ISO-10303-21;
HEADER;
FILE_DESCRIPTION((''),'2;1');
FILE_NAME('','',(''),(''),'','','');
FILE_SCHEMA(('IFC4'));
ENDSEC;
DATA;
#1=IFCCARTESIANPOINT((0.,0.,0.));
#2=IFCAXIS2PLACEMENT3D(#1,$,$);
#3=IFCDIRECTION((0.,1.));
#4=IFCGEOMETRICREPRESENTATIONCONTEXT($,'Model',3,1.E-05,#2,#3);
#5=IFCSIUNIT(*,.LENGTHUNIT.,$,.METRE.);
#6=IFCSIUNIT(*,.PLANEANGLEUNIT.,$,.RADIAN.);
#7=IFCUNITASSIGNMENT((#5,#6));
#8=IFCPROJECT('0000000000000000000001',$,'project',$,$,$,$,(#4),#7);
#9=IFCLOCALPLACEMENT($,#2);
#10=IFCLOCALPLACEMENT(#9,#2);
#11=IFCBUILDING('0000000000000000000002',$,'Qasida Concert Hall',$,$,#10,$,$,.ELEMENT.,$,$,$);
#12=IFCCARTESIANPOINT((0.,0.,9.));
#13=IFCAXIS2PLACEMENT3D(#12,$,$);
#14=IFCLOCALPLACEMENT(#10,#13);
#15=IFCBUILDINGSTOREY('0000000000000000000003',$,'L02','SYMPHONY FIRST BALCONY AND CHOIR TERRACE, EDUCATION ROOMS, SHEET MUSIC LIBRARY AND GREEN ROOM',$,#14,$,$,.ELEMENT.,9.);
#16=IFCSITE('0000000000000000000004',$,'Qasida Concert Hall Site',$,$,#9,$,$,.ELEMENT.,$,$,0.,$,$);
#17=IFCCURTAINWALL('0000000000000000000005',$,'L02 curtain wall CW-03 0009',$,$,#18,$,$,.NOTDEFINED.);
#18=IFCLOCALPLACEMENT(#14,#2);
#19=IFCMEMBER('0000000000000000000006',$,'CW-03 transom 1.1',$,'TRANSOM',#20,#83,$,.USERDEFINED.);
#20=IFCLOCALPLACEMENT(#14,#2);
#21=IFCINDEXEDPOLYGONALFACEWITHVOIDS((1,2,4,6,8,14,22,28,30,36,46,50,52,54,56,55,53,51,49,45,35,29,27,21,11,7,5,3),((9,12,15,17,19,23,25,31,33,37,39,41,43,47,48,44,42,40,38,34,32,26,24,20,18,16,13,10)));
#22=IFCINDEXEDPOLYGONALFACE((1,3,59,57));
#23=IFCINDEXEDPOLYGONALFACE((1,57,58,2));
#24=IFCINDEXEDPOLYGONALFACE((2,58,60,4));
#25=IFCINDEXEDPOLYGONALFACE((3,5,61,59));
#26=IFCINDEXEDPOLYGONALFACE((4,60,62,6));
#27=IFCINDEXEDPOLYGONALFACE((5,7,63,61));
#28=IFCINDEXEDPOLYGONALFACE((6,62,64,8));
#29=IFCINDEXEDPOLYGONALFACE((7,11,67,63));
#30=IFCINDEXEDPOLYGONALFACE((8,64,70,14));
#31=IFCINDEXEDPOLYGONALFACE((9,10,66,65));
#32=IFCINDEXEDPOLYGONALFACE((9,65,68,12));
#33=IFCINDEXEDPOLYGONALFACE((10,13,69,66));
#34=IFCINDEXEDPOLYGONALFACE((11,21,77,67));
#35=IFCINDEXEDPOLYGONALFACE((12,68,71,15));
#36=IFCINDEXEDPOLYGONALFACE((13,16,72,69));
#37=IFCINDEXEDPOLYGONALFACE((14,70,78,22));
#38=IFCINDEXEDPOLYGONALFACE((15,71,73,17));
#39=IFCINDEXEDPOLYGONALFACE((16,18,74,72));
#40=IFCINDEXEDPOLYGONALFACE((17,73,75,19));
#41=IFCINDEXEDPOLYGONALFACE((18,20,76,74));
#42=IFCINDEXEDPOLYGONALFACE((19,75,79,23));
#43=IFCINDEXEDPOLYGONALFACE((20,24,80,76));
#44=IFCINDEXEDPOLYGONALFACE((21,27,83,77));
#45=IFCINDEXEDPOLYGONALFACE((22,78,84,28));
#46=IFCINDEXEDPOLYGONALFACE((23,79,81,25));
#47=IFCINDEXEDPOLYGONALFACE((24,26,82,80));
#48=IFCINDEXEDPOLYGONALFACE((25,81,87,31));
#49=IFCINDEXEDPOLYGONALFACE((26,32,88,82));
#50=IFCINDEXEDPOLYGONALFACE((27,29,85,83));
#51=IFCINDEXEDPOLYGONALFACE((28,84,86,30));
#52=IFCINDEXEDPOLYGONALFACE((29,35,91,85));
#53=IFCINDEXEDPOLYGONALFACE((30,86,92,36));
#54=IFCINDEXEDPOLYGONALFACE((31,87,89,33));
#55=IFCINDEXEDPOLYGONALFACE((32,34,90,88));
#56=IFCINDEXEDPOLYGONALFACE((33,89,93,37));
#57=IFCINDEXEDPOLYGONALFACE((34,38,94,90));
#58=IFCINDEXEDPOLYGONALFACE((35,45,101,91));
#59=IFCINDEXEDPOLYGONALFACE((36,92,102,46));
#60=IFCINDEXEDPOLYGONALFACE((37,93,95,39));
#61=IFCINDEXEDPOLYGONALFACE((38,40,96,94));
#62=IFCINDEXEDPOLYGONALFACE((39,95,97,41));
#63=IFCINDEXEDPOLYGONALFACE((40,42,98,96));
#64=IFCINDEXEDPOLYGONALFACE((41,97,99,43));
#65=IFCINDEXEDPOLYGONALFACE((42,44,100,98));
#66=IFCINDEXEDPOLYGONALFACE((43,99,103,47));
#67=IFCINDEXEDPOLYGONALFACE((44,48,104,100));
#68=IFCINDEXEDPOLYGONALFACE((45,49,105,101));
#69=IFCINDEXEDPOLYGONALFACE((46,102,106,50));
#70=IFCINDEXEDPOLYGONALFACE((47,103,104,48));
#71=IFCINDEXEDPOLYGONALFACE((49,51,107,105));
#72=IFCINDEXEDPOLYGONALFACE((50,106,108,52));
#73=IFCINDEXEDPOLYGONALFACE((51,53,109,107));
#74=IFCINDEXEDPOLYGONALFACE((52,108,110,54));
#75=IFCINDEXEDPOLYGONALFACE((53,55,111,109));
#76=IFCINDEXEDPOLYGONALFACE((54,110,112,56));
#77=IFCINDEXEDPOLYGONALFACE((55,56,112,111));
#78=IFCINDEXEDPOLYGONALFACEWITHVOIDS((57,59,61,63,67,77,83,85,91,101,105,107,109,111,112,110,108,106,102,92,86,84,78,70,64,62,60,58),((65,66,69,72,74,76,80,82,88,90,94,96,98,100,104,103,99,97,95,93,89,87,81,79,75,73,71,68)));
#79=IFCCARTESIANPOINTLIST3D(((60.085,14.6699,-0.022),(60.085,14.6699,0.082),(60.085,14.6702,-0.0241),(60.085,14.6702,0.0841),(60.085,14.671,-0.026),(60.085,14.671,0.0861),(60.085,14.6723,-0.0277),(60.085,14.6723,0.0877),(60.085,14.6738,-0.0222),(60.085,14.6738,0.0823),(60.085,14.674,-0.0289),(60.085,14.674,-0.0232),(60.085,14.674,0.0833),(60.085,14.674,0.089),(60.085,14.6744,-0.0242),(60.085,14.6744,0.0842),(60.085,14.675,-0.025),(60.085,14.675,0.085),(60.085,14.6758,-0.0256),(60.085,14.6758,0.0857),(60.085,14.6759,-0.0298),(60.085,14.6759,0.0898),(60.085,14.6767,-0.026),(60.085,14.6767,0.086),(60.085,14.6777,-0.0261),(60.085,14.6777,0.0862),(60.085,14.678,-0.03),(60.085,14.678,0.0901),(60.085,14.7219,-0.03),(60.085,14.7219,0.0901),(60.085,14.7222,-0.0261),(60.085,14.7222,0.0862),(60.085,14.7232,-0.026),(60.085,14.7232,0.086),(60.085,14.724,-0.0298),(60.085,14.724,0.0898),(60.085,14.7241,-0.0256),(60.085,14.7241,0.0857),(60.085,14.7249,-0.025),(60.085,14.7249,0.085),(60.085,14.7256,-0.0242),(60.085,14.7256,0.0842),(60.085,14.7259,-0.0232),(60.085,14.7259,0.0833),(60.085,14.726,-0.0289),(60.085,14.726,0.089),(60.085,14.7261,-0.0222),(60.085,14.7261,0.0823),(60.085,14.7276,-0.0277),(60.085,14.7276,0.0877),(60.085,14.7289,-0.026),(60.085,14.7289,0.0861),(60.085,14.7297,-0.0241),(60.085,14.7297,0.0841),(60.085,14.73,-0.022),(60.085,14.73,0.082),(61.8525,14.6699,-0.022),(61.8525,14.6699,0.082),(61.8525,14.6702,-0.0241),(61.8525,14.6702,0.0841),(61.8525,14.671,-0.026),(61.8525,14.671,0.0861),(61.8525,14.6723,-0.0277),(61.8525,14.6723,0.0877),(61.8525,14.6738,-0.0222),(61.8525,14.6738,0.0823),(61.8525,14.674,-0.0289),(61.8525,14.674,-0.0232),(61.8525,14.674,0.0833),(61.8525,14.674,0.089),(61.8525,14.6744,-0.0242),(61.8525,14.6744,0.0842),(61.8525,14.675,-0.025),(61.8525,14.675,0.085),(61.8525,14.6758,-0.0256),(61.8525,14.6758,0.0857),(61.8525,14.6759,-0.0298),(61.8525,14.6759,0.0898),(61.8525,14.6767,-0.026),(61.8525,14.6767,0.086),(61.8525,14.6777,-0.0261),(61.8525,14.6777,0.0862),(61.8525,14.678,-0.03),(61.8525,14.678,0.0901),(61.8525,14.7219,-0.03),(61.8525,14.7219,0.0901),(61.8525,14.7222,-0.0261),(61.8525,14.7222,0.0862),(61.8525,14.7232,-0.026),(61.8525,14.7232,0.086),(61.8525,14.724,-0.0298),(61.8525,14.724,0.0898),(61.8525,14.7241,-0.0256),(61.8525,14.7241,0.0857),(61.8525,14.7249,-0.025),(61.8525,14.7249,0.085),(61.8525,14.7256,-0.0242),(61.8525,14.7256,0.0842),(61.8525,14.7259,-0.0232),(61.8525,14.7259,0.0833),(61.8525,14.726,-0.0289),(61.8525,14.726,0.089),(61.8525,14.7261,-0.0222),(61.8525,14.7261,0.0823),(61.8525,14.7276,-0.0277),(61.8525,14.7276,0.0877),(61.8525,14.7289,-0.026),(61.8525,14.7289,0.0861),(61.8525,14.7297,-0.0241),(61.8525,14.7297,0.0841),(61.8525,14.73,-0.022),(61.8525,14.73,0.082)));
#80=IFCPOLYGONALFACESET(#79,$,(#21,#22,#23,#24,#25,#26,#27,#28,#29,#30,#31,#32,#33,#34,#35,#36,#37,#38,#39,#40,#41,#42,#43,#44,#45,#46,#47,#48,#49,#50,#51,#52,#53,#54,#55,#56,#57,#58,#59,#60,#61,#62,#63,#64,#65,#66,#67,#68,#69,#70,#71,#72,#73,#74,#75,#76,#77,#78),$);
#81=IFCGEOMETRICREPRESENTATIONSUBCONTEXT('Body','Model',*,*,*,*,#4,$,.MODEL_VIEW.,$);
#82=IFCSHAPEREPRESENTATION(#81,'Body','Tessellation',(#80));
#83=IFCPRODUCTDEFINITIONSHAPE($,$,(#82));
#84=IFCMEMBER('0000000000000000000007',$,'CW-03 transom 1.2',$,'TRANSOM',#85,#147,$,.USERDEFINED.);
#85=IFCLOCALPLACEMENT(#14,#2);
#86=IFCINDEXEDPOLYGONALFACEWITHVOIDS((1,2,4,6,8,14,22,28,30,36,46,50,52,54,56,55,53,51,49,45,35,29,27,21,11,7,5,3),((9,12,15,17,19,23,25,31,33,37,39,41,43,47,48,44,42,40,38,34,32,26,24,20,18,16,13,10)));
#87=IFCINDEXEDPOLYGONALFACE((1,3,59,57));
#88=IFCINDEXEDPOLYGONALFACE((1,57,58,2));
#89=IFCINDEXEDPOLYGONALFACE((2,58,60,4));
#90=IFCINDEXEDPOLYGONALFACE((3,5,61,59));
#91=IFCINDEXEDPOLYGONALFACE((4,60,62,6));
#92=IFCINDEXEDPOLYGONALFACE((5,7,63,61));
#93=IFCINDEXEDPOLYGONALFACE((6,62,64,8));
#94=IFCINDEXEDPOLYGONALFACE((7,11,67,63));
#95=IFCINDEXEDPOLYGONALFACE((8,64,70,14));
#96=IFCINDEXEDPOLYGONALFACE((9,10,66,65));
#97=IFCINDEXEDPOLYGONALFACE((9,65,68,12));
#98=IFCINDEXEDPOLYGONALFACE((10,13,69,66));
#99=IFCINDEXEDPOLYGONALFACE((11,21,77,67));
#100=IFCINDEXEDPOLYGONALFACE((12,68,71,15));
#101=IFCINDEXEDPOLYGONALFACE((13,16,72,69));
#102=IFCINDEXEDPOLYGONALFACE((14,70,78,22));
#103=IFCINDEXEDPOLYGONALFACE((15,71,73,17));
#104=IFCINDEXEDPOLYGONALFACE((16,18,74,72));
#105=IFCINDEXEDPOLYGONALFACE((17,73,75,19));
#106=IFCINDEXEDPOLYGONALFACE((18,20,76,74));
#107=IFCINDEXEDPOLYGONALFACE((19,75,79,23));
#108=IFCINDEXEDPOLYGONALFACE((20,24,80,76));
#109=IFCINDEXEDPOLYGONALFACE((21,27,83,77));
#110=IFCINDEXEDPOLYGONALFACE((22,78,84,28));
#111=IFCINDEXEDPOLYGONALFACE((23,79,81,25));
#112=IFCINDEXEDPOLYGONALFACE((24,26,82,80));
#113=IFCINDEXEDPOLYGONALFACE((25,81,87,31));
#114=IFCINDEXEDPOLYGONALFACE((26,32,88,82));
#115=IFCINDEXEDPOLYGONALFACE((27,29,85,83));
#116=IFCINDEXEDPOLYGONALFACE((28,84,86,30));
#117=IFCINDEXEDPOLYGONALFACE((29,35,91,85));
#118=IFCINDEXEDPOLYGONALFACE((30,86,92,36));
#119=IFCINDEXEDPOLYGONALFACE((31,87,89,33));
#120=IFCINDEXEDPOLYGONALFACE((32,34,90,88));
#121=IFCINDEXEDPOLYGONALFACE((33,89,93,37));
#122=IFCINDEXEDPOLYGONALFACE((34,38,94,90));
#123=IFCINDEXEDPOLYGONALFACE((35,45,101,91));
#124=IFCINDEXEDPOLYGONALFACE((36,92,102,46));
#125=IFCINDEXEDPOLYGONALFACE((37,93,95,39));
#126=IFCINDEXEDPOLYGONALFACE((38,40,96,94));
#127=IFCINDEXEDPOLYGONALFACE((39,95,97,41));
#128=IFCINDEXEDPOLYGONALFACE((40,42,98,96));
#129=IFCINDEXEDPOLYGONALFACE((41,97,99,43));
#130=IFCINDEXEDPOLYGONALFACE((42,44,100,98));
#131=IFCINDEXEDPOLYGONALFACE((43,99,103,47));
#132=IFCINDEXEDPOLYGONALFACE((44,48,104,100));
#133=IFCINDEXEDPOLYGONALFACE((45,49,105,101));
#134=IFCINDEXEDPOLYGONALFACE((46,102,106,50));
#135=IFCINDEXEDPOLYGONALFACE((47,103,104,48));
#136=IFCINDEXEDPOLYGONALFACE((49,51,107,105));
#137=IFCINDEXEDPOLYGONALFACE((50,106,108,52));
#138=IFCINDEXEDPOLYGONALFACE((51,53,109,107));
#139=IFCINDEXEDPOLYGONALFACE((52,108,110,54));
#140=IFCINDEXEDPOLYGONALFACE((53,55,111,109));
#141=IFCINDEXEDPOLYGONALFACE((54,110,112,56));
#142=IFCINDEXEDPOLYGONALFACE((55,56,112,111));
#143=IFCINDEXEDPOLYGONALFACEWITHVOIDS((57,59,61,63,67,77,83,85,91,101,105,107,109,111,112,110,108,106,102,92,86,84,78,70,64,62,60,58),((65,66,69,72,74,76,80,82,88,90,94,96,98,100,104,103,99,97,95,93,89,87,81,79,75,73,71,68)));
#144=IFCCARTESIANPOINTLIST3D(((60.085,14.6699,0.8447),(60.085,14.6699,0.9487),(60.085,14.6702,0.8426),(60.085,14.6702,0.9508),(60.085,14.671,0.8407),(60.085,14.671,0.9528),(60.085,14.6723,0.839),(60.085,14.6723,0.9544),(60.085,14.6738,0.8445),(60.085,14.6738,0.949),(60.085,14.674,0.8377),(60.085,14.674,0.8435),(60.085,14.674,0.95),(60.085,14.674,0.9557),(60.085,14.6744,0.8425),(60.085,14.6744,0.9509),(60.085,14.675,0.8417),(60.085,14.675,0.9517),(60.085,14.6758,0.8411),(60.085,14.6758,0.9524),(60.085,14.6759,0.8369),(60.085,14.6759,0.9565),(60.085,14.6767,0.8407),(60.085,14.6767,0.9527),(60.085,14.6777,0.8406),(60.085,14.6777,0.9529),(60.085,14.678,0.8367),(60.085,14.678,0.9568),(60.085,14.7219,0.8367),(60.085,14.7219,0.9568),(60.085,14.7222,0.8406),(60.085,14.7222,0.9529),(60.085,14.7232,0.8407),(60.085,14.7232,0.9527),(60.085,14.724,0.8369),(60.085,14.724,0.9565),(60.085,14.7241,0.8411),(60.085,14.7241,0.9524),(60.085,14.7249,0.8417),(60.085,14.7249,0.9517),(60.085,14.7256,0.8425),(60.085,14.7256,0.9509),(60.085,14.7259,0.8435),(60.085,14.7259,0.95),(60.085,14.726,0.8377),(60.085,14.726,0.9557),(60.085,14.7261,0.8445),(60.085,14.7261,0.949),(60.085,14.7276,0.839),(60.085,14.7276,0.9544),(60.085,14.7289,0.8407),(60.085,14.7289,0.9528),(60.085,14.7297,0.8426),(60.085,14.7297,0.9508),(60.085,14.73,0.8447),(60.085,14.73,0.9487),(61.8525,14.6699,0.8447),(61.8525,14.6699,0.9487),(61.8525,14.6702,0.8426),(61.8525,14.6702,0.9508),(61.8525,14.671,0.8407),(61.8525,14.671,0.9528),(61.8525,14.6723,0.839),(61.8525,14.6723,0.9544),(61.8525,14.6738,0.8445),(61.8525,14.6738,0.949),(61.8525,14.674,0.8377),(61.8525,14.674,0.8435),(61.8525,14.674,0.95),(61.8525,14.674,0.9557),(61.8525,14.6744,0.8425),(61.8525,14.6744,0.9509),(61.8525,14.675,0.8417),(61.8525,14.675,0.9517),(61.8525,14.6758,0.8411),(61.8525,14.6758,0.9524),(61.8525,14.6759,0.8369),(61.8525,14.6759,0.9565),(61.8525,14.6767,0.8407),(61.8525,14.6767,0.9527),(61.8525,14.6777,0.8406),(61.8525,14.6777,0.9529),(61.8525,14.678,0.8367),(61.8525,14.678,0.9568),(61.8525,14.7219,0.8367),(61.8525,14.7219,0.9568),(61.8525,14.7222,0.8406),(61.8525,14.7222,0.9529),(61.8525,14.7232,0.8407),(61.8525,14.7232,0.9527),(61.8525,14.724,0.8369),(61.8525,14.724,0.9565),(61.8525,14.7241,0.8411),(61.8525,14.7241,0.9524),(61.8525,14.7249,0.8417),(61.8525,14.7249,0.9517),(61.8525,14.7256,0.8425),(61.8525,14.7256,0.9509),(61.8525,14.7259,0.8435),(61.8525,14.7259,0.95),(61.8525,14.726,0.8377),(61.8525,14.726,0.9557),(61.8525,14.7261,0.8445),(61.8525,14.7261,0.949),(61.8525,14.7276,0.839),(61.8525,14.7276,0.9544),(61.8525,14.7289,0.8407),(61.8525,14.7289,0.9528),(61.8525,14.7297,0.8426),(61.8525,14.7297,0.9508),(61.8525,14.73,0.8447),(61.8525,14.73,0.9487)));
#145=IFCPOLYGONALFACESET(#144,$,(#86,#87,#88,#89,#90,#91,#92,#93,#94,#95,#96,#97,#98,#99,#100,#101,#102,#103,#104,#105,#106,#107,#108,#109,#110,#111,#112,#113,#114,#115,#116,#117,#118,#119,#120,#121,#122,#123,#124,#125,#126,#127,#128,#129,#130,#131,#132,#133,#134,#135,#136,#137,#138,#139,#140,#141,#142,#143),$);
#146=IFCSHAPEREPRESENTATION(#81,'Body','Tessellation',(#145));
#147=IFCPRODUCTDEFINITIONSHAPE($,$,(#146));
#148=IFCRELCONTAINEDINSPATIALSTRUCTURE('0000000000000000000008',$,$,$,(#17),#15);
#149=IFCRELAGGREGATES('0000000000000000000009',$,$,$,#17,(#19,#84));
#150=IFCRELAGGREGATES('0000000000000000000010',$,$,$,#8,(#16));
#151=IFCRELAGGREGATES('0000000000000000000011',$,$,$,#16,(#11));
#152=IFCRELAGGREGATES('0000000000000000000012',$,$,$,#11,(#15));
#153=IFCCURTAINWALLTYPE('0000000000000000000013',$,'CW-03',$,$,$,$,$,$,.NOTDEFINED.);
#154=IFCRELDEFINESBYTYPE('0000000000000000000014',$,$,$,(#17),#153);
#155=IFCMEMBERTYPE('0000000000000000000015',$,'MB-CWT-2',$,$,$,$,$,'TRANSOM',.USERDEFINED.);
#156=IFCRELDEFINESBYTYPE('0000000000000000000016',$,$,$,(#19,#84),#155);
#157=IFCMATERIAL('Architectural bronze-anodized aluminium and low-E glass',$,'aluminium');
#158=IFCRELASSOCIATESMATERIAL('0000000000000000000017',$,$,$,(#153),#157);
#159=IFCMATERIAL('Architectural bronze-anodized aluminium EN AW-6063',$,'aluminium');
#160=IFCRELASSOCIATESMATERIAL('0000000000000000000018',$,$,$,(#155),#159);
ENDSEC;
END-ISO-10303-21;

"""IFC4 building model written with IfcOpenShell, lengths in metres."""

from ifc_helpers import new_model, si_unit, direction, frame, origin, origin_2d, place, context, subcontext, project, spatial, hollow_rectangle, extrude, material, material_profile, profile_set, type_object, element, aggregate, save


model = new_model("IFC4")

# Units and contexts
model_context = context("Model", 3, precision=1e-05, world=origin(), true_north=direction((0.0, 1.0)))
body_context = subcontext(model_context, "Body", "Model", "MODEL_VIEW")
ifc_project = project(units=[si_unit("LENGTHUNIT", "METRE"), si_unit("PLANEANGLEUNIT", "RADIAN")], contexts=[model_context])

# Site, building, storey
site_placement = place(None, origin())
site = spatial("IfcSite", under=ifc_project, at=site_placement, Name="Qasida Concert Hall Site", CompositionType="ELEMENT", RefElevation=0.0)
building_placement = place(site_placement, origin())
building = spatial("IfcBuilding", under=site, at=building_placement, Name="Qasida Concert Hall", CompositionType="ELEMENT")
storey_placement = place(building_placement, frame((0.0, 0.0, 9.0)))
storey = spatial("IfcBuildingStorey", under=building, at=storey_placement, Name="L02", Description="SYMPHONY FIRST BALCONY AND CHOIR TERRACE, EDUCATION ROOMS, SHEET MUSIC LIBRARY AND GREEN ROOM", CompositionType="ELEMENT", Elevation=9.0)

# Shared definitions
ifc_material_1 = material(Name="Architectural bronze-anodized aluminium and low-E glass", Category="aluminium")
curtain_wall_type = type_object("IfcCurtainWallType", Name="CW-03", PredefinedType="NOTDEFINED", material=ifc_material_1)
ifc_material_2 = material(Name="Architectural bronze-anodized aluminium EN AW-6063", Category="aluminium")

# Curtain wall, members
curtain_wall_1_placement = place(storey_placement, origin())
curtain_wall_1 = element("IfcCurtainWall", 1, at=curtain_wall_1_placement, inside=storey, type_object=curtain_wall_type, Name="L02 curtain wall CW-03 0009", PredefinedType="NOTDEFINED")
ifc_material_profile_1 = material_profile(ifc_material_2, hollow_rectangle(XDim=0.0601, YDim=0.1201, WallThickness=0.0039, InnerFilletRadius=0.0039, OuterFilletRadius=0.0081, at=origin_2d()), Name="CWT 120x60x4")
ifc_profile_set_1 = profile_set([ifc_material_profile_1], Name="Architectural bronze-anodized aluminium EN AW-6063")
member_type_1 = type_object("IfcMemberType", Name="MB-CWT-2", ElementType="TRANSOM", PredefinedType="USERDEFINED", material=ifc_profile_set_1)
member_1_placement = place(storey_placement, frame((60.085, 14.7, 0.03), z_axis=(1.0, 0.0, 0.0), x_axis=(0.0, 1.0, 0.0)))
member_1 = element("IfcMember", 2, at=member_1_placement, type_object=member_type_1, Name="CW-03 transom 1.1", ObjectType="TRANSOM", PredefinedType="USERDEFINED", context=body_context, shape_type="SweptSolid", body=[
    extrude(hollow_rectangle(XDim=0.0601, YDim=0.1201, WallThickness=0.0039, InnerFilletRadius=0.0039, OuterFilletRadius=0.0081, at=origin_2d()), origin(), (0.0, 0.0, 1.0), 1.7676),
])
member_2_placement = place(storey_placement, frame((60.085, 14.7, 0.8967), z_axis=(1.0, 0.0, 0.0), x_axis=(0.0, 1.0, 0.0)))
member_2 = element("IfcMember", 3, at=member_2_placement, type_object=member_type_1, Name="CW-03 transom 1.2", ObjectType="TRANSOM", PredefinedType="USERDEFINED", context=body_context, shape_type="SweptSolid", body=[
    extrude(hollow_rectangle(XDim=0.0601, YDim=0.1201, WallThickness=0.0039, InnerFilletRadius=0.0039, OuterFilletRadius=0.0081, at=origin_2d()), origin(), (0.0, 0.0, 1.0), 1.7676),
])

aggregate(curtain_wall_1, [member_1, member_2])

save(model, "model.ifc")
